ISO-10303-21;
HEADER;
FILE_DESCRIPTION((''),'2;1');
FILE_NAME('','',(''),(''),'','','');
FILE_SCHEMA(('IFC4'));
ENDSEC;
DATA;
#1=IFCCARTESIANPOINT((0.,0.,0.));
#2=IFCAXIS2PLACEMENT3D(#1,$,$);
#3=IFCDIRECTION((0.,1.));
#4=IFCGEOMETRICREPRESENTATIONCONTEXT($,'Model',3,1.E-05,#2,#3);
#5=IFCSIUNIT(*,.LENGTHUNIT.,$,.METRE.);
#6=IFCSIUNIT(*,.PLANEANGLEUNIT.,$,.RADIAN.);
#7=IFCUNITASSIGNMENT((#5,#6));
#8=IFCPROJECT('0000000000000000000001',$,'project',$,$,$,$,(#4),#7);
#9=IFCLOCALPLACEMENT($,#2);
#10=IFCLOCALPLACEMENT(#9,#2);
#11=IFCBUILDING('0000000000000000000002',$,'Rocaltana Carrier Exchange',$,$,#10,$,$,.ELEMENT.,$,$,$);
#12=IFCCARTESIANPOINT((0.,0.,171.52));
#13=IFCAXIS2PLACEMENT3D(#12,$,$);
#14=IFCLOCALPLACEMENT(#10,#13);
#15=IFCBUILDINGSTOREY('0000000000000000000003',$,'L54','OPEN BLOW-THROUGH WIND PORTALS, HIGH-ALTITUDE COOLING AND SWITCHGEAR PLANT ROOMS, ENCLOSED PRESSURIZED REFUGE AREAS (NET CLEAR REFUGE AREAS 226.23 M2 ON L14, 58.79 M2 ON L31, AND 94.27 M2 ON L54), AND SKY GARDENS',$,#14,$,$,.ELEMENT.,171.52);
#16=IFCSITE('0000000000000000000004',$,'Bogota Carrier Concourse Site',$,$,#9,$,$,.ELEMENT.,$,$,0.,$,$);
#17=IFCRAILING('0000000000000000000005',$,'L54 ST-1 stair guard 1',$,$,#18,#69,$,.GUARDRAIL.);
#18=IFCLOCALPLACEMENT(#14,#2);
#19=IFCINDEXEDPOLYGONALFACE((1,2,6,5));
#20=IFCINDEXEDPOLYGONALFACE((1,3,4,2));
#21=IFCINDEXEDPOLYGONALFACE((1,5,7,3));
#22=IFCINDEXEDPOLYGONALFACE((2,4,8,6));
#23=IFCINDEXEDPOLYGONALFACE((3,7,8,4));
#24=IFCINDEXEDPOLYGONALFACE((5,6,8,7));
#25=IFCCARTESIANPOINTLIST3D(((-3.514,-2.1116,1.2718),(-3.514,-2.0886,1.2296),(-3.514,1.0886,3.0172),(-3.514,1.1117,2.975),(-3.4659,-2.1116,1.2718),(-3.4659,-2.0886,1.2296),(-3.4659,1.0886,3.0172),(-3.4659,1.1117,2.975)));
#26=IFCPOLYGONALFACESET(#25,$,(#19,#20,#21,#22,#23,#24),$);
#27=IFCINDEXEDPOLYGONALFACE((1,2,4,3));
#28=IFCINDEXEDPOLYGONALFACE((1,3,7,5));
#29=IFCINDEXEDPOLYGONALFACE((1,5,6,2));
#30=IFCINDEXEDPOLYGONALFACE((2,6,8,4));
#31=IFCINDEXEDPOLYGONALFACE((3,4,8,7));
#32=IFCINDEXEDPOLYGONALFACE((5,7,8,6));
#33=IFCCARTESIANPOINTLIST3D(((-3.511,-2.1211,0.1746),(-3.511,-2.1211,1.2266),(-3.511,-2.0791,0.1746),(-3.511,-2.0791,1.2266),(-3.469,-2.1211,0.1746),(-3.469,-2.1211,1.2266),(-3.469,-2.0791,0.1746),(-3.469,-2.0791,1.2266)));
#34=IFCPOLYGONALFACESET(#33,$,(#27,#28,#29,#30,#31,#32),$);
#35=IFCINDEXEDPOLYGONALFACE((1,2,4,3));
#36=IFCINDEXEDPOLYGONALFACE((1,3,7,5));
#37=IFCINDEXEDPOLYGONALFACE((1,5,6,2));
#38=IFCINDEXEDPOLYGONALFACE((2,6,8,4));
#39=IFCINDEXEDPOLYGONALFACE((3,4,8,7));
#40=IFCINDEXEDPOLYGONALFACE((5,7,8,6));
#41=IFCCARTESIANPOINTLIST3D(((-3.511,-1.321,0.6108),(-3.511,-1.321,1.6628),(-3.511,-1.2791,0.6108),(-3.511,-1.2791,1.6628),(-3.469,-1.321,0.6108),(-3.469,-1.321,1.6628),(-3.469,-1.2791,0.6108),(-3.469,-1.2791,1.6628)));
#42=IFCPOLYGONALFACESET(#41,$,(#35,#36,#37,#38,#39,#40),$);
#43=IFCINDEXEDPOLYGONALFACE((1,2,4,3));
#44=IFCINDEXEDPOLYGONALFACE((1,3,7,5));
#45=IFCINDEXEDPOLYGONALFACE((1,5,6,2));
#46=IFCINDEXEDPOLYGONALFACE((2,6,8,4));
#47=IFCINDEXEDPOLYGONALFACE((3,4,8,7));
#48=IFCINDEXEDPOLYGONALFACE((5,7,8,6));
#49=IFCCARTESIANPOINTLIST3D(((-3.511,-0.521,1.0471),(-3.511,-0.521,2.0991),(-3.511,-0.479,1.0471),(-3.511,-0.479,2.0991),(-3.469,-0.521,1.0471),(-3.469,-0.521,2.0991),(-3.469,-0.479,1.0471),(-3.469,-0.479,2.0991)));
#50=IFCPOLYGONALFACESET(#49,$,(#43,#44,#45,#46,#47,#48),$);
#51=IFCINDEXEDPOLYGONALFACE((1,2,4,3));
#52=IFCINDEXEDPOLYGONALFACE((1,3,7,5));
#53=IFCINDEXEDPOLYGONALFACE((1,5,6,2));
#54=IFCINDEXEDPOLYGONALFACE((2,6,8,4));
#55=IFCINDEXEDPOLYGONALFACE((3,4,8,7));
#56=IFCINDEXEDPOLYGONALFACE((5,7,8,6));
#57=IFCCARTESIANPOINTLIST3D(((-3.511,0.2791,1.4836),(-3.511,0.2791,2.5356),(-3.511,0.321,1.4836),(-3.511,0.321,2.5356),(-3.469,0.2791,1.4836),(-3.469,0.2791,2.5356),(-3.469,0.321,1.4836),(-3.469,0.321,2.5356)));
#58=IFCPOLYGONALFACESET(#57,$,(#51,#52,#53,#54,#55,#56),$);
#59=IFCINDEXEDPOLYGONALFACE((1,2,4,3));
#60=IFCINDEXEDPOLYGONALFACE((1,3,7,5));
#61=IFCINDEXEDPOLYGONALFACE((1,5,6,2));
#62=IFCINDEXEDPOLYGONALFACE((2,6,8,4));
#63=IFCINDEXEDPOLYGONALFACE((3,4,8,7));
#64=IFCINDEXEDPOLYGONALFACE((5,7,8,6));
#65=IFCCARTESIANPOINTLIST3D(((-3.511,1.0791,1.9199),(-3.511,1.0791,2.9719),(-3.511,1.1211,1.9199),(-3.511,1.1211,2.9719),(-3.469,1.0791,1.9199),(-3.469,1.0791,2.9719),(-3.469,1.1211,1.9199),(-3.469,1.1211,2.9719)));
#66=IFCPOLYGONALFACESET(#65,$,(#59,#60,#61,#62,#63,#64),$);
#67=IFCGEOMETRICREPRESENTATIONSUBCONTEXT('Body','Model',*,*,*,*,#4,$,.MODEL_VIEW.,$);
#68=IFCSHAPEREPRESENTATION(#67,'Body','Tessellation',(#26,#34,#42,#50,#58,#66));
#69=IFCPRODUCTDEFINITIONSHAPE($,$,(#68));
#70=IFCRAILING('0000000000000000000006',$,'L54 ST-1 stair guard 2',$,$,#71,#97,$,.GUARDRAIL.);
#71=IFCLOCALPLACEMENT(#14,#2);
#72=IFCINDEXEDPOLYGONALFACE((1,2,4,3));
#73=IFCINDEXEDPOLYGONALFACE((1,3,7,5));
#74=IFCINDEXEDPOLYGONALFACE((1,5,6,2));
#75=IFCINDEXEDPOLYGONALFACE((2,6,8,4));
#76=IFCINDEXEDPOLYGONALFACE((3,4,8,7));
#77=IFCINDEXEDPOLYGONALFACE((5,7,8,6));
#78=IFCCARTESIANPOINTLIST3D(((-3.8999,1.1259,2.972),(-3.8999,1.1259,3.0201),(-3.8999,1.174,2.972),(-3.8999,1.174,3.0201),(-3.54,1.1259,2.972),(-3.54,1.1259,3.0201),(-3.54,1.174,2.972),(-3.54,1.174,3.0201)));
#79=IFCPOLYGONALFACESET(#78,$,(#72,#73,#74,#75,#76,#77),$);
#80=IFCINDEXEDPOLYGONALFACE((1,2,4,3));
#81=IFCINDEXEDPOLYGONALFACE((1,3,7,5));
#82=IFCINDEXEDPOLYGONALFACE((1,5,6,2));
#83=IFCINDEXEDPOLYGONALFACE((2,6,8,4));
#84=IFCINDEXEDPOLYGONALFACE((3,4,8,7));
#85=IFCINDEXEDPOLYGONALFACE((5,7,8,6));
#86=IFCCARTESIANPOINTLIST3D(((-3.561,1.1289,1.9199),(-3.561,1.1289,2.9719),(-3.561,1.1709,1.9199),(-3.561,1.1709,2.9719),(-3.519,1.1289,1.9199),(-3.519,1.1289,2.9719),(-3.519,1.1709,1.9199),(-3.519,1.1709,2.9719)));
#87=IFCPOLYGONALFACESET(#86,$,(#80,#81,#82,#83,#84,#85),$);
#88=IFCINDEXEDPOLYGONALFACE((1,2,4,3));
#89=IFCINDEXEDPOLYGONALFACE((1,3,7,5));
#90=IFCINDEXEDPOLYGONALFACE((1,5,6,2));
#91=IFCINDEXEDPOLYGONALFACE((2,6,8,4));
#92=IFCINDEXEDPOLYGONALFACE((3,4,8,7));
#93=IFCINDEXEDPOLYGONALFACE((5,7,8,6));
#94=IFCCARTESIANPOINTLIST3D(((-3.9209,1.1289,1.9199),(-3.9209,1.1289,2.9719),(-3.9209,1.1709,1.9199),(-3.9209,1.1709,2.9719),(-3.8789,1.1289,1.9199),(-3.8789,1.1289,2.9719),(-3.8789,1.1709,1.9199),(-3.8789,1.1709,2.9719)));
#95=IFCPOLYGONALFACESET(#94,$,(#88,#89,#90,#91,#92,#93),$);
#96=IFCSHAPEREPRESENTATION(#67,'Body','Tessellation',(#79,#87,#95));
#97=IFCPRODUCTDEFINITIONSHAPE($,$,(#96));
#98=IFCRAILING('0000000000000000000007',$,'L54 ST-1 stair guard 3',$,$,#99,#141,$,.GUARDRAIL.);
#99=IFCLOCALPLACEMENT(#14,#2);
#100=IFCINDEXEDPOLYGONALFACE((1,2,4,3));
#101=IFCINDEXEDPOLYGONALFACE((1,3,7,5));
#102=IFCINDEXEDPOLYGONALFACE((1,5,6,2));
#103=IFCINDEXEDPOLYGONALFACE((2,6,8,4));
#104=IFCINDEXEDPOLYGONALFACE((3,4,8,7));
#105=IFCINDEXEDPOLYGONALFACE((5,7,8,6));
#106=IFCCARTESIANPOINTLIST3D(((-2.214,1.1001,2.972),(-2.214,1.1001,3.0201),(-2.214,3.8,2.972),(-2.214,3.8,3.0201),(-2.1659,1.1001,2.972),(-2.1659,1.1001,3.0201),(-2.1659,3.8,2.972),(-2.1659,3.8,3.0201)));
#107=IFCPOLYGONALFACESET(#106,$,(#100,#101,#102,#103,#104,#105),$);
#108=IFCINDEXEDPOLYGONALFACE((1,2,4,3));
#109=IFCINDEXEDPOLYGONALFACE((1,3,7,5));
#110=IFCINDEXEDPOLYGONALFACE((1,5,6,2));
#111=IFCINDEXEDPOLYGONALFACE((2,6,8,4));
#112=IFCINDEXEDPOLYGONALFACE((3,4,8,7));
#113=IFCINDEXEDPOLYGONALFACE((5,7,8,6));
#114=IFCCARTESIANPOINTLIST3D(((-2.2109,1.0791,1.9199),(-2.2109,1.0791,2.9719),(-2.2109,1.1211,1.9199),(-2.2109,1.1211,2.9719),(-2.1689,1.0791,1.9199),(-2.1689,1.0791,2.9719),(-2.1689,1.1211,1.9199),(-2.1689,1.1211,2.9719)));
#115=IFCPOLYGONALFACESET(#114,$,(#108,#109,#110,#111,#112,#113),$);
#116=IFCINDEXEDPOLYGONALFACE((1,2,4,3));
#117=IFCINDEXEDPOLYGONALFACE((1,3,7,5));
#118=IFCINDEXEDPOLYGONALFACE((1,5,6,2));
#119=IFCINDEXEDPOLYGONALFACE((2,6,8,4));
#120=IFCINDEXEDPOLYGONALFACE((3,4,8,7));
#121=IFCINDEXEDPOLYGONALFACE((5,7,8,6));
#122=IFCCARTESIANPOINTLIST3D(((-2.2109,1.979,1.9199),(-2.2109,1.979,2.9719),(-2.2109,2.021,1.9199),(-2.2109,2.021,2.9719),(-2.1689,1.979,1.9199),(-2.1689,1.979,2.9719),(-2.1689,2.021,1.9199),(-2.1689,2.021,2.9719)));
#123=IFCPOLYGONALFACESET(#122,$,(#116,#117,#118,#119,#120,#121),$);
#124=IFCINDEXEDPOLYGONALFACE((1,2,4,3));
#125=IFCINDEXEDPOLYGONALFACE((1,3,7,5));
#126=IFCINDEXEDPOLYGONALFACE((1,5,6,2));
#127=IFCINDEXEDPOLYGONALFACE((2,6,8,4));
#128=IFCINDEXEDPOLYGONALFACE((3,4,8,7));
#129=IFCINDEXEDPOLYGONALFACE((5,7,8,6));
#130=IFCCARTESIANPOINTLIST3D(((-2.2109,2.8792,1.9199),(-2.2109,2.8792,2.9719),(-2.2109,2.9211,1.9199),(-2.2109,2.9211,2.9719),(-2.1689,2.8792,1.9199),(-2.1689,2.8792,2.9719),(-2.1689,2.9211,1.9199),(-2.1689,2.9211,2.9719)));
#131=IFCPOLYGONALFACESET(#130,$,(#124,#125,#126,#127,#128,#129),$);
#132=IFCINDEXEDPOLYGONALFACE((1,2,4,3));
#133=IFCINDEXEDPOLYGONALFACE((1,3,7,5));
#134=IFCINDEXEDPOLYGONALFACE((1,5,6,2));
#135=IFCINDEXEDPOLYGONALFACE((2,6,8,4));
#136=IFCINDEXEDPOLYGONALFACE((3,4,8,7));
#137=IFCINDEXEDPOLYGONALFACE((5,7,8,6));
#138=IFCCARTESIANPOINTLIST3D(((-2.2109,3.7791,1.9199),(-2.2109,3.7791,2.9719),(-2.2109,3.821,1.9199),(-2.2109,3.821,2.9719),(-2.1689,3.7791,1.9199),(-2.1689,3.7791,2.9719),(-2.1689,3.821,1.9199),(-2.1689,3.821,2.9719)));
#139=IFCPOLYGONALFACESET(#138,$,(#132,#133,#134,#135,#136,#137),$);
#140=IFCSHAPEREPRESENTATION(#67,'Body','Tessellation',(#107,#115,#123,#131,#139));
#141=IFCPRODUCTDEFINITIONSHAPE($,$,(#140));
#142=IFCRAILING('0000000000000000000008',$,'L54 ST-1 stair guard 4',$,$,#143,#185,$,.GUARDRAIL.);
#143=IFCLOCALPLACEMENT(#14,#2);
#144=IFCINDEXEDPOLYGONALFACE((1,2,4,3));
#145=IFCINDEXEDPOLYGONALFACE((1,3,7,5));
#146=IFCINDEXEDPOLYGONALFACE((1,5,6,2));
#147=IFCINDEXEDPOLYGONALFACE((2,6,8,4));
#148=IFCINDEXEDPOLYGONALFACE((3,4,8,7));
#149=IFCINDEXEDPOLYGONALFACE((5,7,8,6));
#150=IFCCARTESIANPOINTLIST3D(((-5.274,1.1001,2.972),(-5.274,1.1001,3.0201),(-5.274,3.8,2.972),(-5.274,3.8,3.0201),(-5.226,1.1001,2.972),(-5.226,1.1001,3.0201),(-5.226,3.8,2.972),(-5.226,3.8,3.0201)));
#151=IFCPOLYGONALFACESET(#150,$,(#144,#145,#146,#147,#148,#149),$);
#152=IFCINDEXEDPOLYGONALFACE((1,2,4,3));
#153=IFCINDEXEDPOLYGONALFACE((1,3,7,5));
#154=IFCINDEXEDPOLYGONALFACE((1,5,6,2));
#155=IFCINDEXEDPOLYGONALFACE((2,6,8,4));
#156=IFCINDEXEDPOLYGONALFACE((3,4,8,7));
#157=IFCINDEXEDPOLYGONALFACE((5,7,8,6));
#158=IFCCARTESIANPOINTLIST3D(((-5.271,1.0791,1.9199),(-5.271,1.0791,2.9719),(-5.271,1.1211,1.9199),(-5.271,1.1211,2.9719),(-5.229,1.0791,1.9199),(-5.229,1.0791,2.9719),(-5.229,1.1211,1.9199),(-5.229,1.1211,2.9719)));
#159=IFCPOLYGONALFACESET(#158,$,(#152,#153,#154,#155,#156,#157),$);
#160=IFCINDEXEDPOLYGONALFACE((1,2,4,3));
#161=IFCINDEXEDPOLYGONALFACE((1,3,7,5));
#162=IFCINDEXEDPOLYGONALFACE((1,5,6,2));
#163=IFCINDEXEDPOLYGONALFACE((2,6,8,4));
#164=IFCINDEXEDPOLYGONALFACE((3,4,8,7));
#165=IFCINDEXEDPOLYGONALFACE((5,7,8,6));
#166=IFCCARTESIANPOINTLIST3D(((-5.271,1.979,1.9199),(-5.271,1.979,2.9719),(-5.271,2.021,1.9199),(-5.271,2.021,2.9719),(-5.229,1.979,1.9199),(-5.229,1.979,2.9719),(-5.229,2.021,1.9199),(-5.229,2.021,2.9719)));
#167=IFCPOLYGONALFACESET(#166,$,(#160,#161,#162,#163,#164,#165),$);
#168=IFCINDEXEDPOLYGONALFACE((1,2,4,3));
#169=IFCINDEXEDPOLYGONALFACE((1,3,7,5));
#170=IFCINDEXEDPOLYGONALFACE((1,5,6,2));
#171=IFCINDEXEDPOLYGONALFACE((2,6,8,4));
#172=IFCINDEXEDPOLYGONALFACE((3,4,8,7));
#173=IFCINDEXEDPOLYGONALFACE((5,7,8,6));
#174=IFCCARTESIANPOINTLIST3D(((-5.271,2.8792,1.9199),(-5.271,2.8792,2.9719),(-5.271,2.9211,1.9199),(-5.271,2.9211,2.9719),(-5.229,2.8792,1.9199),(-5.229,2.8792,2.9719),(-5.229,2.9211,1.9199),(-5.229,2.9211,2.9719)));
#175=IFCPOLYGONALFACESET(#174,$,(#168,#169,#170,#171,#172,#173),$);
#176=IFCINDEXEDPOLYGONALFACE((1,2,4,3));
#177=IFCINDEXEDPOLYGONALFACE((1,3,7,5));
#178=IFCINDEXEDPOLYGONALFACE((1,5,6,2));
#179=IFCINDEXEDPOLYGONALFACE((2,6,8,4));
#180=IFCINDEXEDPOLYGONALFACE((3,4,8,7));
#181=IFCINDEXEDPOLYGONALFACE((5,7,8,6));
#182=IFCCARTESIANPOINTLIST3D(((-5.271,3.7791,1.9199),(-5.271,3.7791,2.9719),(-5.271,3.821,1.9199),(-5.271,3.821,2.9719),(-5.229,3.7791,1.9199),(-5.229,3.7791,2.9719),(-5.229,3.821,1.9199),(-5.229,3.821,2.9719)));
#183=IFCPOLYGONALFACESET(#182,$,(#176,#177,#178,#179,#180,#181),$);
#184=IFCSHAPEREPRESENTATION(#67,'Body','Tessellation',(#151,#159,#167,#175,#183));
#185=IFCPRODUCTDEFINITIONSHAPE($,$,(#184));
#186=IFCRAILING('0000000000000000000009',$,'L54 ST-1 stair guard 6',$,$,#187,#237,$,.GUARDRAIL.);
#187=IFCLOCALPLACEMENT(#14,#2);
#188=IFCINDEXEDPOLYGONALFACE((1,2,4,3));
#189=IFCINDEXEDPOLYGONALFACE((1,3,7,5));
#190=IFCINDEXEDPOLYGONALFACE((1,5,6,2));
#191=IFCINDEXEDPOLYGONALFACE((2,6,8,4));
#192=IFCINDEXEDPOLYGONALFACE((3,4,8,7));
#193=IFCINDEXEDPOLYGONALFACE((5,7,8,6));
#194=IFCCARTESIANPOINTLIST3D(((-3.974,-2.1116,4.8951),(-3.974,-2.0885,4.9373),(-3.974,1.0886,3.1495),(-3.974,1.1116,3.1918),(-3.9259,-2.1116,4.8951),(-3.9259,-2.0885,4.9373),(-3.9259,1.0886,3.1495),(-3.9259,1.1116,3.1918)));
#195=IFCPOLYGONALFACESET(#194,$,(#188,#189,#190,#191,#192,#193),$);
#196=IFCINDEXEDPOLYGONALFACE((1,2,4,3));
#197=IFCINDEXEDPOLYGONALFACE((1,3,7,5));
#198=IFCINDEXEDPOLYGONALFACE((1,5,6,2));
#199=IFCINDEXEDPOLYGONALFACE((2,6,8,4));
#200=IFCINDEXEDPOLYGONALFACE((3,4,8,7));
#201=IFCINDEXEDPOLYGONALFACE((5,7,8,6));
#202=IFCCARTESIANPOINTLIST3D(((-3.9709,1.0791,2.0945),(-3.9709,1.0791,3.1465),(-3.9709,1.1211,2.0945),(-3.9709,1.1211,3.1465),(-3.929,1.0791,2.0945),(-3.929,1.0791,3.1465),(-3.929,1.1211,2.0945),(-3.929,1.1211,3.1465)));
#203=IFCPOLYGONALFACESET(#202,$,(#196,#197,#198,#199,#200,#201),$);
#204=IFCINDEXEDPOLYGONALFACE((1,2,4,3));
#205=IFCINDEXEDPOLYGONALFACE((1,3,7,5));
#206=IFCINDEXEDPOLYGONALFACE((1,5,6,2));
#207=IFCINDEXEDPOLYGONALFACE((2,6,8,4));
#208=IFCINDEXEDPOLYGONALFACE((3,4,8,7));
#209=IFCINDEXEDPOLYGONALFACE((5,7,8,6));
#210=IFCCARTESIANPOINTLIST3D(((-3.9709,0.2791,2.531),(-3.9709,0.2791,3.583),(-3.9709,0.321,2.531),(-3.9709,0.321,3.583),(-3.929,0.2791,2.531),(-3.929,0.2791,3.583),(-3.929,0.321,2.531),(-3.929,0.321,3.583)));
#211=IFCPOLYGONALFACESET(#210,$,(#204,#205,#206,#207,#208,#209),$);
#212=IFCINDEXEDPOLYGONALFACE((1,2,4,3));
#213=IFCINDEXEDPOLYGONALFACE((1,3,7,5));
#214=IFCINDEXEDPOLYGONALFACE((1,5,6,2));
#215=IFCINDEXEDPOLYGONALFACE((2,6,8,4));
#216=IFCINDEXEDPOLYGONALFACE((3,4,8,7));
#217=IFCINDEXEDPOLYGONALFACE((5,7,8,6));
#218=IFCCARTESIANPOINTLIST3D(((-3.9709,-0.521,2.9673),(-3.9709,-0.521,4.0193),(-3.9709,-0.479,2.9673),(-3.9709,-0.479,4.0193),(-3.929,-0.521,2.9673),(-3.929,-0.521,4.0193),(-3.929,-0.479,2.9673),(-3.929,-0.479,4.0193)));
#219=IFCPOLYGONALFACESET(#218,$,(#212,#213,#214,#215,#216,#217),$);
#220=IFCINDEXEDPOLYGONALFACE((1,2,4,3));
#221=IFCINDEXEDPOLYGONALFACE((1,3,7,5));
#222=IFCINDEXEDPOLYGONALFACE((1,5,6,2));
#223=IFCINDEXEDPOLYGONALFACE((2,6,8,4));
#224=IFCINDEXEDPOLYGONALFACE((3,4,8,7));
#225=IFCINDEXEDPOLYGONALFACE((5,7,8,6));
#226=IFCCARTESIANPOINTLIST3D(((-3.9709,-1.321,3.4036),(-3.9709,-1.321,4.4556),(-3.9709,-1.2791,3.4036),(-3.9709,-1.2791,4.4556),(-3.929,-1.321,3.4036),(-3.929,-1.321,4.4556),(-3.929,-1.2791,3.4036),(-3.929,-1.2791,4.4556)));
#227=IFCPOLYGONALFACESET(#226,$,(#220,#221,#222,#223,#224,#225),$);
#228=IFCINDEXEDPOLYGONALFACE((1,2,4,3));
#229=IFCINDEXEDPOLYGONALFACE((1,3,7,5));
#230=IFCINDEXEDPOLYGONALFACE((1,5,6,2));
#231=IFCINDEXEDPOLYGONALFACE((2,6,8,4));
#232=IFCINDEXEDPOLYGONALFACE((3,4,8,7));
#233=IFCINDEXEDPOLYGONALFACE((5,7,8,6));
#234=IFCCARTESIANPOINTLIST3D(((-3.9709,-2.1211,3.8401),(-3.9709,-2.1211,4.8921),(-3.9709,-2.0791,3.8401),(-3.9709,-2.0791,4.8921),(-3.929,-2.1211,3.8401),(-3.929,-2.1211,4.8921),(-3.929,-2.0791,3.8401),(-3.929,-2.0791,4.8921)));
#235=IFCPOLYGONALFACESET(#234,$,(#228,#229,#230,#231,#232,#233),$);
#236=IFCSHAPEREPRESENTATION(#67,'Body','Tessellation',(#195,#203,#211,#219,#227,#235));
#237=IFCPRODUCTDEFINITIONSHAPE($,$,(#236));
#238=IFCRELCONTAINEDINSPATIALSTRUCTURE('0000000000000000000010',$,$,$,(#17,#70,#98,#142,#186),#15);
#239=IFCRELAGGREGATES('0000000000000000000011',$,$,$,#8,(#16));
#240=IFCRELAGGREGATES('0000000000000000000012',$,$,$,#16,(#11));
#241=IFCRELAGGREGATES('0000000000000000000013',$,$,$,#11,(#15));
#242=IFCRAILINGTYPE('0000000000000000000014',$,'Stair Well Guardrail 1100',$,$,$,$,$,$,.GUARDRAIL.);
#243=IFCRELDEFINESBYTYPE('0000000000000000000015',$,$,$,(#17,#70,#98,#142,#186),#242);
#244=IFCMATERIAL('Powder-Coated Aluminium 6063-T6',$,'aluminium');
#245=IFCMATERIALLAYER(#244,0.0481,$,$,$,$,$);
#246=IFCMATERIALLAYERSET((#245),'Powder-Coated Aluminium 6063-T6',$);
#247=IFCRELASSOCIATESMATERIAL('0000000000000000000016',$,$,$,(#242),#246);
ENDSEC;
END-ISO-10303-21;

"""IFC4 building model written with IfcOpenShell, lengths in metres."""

from ifc_helpers import new_model, si_unit, direction, frame, origin, origin_2d, place, context, subcontext, project, spatial, rectangle, extrude, material, layer, layer_set, type_object, element, save


model = new_model("IFC4")

# Units and contexts
model_context = context("Model", 3, precision=1e-05, world=origin(), true_north=direction((0.0, 1.0)))
body_context = subcontext(model_context, "Body", "Model", "MODEL_VIEW")
ifc_project = project(units=[si_unit("LENGTHUNIT", "METRE"), si_unit("PLANEANGLEUNIT", "RADIAN")], contexts=[model_context])

# Site, building, storey
site_placement = place(None, origin())
site = spatial("IfcSite", under=ifc_project, at=site_placement, Name="Bogota Carrier Concourse Site", CompositionType="ELEMENT", RefElevation=0.0)
building_placement = place(site_placement, origin())
building = spatial("IfcBuilding", under=site, at=building_placement, Name="Rocaltana Carrier Exchange", CompositionType="ELEMENT")
storey_placement = place(building_placement, frame((0.0, 0.0, 171.52)))
storey = spatial("IfcBuildingStorey", under=building, at=storey_placement, Name="L54", Description="OPEN BLOW-THROUGH WIND PORTALS, HIGH-ALTITUDE COOLING AND SWITCHGEAR PLANT ROOMS, ENCLOSED PRESSURIZED REFUGE AREAS (NET CLEAR REFUGE AREAS 226.23 M2 ON L14, 58.79 M2 ON L31, AND 94.27 M2 ON L54), AND SKY GARDENS", CompositionType="ELEMENT", Elevation=171.52)

# Railings
ifc_material_1 = material(Name="Powder-Coated Aluminium 6063-T6", Category="aluminium")
ifc_layer_1 = layer(ifc_material_1, 0.0481)
ifc_layer_set_1 = layer_set([ifc_layer_1], Name="Powder-Coated Aluminium 6063-T6")
railing_type_1 = type_object("IfcRailingType", Name="Stair Well Guardrail 1100", PredefinedType="GUARDRAIL", material=ifc_layer_set_1)
railing_1_placement = place(storey_placement, frame((-3.49, -2.1001, 0.1746)))
element("IfcRailing", 1, at=railing_1_placement, inside=storey, type_object=railing_type_1, Name="L54 ST-1 stair guard 1", PredefinedType="GUARDRAIL", context=body_context, shape_type="SweptSolid", body=[
    extrude(rectangle(XDim=0.0481, YDim=0.0481, at=origin_2d()), frame((0.0, 0.0, 1.0762), z_axis=(0.0, 0.877919, 0.47881), x_axis=(-1.0, 0.0, 0.0)), (0.0, 0.0, 1.0), 3.6453),
    extrude(rectangle(XDim=0.042, YDim=0.042, at=origin_2d()), origin(), (0.0, 0.0, 1.0), 1.052),
    extrude(rectangle(XDim=0.042, YDim=0.042, at=origin_2d()), frame((0.0, 0.8, 0.4363)), (0.0, 0.0, 1.0), 1.052),
    extrude(rectangle(XDim=0.042, YDim=0.042, at=origin_2d()), frame((0.0, 1.6001, 0.8726)), (0.0, 0.0, 1.0), 1.052),
    extrude(rectangle(XDim=0.042, YDim=0.042, at=origin_2d()), frame((0.0, 2.4001, 1.3091)), (0.0, 0.0, 1.0), 1.052),
    extrude(rectangle(XDim=0.042, YDim=0.042, at=origin_2d()), frame((0.0, 3.2002, 1.7454)), (0.0, 0.0, 1.0), 1.052),
])
railing_2_placement = place(storey_placement, frame((-3.54, 1.1499, 1.9199)))
element("IfcRailing", 2, at=railing_2_placement, inside=storey, type_object=railing_type_1, Name="L54 ST-1 stair guard 2", PredefinedType="GUARDRAIL", context=body_context, shape_type="SweptSolid", body=[
    extrude(rectangle(XDim=0.0481, YDim=0.0481, at=origin_2d()), frame((0.0, 0.0, 1.0762), z_axis=(-1.0, 0.0, 0.0), x_axis=(0.0, -1.0, 0.0)), (0.0, 0.0, 1.0), 0.3599),
    extrude(rectangle(XDim=0.042, YDim=0.042, at=origin_2d()), origin(), (0.0, 0.0, 1.0), 1.052),
    extrude(rectangle(XDim=0.042, YDim=0.042, at=origin_2d()), frame((-0.3599, 0.0, 0.0)), (0.0, 0.0, 1.0), 1.052),
])
for number, where, name in (
    (3, (-2.1899, 1.1001, 1.9199), "L54 ST-1 stair guard 3"),
    (4, (-5.25, 1.1001, 1.9199), "L54 ST-1 stair guard 4"),
):
    element("IfcRailing", number, at=place(storey_placement, frame(where)), inside=storey, type_object=railing_type_1, Name=name, PredefinedType="GUARDRAIL", context=body_context, shape_type="SweptSolid", body=[
        extrude(rectangle(XDim=0.0481, YDim=0.0481, at=origin_2d()), frame((0.0, 0.0, 1.0762), z_axis=(0.0, 1.0, 0.0), x_axis=(-1.0, 0.0, 0.0)), (0.0, 0.0, 1.0), 2.7),
        extrude(rectangle(XDim=0.042, YDim=0.042, at=origin_2d()), origin(), (0.0, 0.0, 1.0), 1.052),
        extrude(rectangle(XDim=0.042, YDim=0.042, at=origin_2d()), frame((0.0, 0.8999, 0.0)), (0.0, 0.0, 1.0), 1.052),
        extrude(rectangle(XDim=0.042, YDim=0.042, at=origin_2d()), frame((0.0, 1.8, 0.0)), (0.0, 0.0, 1.0), 1.052),
        extrude(rectangle(XDim=0.042, YDim=0.042, at=origin_2d()), frame((0.0, 2.7, 0.0)), (0.0, 0.0, 1.0), 1.052),
    ])
railing_3_placement = place(storey_placement, frame((-3.95, 1.1001, 2.0945)))
element("IfcRailing", 5, at=railing_3_placement, inside=storey, type_object=railing_type_1, Name="L54 ST-1 stair guard 6", PredefinedType="GUARDRAIL", context=body_context, shape_type="SweptSolid", body=[
    extrude(rectangle(XDim=0.0481, YDim=0.0481, at=origin_2d()), frame((0.0, 0.0, 1.0762), z_axis=(0.0, -0.87789, 0.478862), x_axis=(1.0, 0.0, 0.0)), (0.0, 0.0, 1.0), 3.6453),
    extrude(rectangle(XDim=0.042, YDim=0.042, at=origin_2d()), origin(), (0.0, 0.0, 1.0), 1.052),
    extrude(rectangle(XDim=0.042, YDim=0.042, at=origin_2d()), frame((0.0, -0.8, 0.4365)), (0.0, 0.0, 1.0), 1.052),
    extrude(rectangle(XDim=0.042, YDim=0.042, at=origin_2d()), frame((0.0, -1.6001, 0.8728)), (0.0, 0.0, 1.0), 1.052),
    extrude(rectangle(XDim=0.042, YDim=0.042, at=origin_2d()), frame((0.0, -2.4001, 1.3091)), (0.0, 0.0, 1.0), 1.052),
    extrude(rectangle(XDim=0.042, YDim=0.042, at=origin_2d()), frame((0.0, -3.2002, 1.7456)), (0.0, 0.0, 1.0), 1.052),
])

save(model, "model.ifc")
